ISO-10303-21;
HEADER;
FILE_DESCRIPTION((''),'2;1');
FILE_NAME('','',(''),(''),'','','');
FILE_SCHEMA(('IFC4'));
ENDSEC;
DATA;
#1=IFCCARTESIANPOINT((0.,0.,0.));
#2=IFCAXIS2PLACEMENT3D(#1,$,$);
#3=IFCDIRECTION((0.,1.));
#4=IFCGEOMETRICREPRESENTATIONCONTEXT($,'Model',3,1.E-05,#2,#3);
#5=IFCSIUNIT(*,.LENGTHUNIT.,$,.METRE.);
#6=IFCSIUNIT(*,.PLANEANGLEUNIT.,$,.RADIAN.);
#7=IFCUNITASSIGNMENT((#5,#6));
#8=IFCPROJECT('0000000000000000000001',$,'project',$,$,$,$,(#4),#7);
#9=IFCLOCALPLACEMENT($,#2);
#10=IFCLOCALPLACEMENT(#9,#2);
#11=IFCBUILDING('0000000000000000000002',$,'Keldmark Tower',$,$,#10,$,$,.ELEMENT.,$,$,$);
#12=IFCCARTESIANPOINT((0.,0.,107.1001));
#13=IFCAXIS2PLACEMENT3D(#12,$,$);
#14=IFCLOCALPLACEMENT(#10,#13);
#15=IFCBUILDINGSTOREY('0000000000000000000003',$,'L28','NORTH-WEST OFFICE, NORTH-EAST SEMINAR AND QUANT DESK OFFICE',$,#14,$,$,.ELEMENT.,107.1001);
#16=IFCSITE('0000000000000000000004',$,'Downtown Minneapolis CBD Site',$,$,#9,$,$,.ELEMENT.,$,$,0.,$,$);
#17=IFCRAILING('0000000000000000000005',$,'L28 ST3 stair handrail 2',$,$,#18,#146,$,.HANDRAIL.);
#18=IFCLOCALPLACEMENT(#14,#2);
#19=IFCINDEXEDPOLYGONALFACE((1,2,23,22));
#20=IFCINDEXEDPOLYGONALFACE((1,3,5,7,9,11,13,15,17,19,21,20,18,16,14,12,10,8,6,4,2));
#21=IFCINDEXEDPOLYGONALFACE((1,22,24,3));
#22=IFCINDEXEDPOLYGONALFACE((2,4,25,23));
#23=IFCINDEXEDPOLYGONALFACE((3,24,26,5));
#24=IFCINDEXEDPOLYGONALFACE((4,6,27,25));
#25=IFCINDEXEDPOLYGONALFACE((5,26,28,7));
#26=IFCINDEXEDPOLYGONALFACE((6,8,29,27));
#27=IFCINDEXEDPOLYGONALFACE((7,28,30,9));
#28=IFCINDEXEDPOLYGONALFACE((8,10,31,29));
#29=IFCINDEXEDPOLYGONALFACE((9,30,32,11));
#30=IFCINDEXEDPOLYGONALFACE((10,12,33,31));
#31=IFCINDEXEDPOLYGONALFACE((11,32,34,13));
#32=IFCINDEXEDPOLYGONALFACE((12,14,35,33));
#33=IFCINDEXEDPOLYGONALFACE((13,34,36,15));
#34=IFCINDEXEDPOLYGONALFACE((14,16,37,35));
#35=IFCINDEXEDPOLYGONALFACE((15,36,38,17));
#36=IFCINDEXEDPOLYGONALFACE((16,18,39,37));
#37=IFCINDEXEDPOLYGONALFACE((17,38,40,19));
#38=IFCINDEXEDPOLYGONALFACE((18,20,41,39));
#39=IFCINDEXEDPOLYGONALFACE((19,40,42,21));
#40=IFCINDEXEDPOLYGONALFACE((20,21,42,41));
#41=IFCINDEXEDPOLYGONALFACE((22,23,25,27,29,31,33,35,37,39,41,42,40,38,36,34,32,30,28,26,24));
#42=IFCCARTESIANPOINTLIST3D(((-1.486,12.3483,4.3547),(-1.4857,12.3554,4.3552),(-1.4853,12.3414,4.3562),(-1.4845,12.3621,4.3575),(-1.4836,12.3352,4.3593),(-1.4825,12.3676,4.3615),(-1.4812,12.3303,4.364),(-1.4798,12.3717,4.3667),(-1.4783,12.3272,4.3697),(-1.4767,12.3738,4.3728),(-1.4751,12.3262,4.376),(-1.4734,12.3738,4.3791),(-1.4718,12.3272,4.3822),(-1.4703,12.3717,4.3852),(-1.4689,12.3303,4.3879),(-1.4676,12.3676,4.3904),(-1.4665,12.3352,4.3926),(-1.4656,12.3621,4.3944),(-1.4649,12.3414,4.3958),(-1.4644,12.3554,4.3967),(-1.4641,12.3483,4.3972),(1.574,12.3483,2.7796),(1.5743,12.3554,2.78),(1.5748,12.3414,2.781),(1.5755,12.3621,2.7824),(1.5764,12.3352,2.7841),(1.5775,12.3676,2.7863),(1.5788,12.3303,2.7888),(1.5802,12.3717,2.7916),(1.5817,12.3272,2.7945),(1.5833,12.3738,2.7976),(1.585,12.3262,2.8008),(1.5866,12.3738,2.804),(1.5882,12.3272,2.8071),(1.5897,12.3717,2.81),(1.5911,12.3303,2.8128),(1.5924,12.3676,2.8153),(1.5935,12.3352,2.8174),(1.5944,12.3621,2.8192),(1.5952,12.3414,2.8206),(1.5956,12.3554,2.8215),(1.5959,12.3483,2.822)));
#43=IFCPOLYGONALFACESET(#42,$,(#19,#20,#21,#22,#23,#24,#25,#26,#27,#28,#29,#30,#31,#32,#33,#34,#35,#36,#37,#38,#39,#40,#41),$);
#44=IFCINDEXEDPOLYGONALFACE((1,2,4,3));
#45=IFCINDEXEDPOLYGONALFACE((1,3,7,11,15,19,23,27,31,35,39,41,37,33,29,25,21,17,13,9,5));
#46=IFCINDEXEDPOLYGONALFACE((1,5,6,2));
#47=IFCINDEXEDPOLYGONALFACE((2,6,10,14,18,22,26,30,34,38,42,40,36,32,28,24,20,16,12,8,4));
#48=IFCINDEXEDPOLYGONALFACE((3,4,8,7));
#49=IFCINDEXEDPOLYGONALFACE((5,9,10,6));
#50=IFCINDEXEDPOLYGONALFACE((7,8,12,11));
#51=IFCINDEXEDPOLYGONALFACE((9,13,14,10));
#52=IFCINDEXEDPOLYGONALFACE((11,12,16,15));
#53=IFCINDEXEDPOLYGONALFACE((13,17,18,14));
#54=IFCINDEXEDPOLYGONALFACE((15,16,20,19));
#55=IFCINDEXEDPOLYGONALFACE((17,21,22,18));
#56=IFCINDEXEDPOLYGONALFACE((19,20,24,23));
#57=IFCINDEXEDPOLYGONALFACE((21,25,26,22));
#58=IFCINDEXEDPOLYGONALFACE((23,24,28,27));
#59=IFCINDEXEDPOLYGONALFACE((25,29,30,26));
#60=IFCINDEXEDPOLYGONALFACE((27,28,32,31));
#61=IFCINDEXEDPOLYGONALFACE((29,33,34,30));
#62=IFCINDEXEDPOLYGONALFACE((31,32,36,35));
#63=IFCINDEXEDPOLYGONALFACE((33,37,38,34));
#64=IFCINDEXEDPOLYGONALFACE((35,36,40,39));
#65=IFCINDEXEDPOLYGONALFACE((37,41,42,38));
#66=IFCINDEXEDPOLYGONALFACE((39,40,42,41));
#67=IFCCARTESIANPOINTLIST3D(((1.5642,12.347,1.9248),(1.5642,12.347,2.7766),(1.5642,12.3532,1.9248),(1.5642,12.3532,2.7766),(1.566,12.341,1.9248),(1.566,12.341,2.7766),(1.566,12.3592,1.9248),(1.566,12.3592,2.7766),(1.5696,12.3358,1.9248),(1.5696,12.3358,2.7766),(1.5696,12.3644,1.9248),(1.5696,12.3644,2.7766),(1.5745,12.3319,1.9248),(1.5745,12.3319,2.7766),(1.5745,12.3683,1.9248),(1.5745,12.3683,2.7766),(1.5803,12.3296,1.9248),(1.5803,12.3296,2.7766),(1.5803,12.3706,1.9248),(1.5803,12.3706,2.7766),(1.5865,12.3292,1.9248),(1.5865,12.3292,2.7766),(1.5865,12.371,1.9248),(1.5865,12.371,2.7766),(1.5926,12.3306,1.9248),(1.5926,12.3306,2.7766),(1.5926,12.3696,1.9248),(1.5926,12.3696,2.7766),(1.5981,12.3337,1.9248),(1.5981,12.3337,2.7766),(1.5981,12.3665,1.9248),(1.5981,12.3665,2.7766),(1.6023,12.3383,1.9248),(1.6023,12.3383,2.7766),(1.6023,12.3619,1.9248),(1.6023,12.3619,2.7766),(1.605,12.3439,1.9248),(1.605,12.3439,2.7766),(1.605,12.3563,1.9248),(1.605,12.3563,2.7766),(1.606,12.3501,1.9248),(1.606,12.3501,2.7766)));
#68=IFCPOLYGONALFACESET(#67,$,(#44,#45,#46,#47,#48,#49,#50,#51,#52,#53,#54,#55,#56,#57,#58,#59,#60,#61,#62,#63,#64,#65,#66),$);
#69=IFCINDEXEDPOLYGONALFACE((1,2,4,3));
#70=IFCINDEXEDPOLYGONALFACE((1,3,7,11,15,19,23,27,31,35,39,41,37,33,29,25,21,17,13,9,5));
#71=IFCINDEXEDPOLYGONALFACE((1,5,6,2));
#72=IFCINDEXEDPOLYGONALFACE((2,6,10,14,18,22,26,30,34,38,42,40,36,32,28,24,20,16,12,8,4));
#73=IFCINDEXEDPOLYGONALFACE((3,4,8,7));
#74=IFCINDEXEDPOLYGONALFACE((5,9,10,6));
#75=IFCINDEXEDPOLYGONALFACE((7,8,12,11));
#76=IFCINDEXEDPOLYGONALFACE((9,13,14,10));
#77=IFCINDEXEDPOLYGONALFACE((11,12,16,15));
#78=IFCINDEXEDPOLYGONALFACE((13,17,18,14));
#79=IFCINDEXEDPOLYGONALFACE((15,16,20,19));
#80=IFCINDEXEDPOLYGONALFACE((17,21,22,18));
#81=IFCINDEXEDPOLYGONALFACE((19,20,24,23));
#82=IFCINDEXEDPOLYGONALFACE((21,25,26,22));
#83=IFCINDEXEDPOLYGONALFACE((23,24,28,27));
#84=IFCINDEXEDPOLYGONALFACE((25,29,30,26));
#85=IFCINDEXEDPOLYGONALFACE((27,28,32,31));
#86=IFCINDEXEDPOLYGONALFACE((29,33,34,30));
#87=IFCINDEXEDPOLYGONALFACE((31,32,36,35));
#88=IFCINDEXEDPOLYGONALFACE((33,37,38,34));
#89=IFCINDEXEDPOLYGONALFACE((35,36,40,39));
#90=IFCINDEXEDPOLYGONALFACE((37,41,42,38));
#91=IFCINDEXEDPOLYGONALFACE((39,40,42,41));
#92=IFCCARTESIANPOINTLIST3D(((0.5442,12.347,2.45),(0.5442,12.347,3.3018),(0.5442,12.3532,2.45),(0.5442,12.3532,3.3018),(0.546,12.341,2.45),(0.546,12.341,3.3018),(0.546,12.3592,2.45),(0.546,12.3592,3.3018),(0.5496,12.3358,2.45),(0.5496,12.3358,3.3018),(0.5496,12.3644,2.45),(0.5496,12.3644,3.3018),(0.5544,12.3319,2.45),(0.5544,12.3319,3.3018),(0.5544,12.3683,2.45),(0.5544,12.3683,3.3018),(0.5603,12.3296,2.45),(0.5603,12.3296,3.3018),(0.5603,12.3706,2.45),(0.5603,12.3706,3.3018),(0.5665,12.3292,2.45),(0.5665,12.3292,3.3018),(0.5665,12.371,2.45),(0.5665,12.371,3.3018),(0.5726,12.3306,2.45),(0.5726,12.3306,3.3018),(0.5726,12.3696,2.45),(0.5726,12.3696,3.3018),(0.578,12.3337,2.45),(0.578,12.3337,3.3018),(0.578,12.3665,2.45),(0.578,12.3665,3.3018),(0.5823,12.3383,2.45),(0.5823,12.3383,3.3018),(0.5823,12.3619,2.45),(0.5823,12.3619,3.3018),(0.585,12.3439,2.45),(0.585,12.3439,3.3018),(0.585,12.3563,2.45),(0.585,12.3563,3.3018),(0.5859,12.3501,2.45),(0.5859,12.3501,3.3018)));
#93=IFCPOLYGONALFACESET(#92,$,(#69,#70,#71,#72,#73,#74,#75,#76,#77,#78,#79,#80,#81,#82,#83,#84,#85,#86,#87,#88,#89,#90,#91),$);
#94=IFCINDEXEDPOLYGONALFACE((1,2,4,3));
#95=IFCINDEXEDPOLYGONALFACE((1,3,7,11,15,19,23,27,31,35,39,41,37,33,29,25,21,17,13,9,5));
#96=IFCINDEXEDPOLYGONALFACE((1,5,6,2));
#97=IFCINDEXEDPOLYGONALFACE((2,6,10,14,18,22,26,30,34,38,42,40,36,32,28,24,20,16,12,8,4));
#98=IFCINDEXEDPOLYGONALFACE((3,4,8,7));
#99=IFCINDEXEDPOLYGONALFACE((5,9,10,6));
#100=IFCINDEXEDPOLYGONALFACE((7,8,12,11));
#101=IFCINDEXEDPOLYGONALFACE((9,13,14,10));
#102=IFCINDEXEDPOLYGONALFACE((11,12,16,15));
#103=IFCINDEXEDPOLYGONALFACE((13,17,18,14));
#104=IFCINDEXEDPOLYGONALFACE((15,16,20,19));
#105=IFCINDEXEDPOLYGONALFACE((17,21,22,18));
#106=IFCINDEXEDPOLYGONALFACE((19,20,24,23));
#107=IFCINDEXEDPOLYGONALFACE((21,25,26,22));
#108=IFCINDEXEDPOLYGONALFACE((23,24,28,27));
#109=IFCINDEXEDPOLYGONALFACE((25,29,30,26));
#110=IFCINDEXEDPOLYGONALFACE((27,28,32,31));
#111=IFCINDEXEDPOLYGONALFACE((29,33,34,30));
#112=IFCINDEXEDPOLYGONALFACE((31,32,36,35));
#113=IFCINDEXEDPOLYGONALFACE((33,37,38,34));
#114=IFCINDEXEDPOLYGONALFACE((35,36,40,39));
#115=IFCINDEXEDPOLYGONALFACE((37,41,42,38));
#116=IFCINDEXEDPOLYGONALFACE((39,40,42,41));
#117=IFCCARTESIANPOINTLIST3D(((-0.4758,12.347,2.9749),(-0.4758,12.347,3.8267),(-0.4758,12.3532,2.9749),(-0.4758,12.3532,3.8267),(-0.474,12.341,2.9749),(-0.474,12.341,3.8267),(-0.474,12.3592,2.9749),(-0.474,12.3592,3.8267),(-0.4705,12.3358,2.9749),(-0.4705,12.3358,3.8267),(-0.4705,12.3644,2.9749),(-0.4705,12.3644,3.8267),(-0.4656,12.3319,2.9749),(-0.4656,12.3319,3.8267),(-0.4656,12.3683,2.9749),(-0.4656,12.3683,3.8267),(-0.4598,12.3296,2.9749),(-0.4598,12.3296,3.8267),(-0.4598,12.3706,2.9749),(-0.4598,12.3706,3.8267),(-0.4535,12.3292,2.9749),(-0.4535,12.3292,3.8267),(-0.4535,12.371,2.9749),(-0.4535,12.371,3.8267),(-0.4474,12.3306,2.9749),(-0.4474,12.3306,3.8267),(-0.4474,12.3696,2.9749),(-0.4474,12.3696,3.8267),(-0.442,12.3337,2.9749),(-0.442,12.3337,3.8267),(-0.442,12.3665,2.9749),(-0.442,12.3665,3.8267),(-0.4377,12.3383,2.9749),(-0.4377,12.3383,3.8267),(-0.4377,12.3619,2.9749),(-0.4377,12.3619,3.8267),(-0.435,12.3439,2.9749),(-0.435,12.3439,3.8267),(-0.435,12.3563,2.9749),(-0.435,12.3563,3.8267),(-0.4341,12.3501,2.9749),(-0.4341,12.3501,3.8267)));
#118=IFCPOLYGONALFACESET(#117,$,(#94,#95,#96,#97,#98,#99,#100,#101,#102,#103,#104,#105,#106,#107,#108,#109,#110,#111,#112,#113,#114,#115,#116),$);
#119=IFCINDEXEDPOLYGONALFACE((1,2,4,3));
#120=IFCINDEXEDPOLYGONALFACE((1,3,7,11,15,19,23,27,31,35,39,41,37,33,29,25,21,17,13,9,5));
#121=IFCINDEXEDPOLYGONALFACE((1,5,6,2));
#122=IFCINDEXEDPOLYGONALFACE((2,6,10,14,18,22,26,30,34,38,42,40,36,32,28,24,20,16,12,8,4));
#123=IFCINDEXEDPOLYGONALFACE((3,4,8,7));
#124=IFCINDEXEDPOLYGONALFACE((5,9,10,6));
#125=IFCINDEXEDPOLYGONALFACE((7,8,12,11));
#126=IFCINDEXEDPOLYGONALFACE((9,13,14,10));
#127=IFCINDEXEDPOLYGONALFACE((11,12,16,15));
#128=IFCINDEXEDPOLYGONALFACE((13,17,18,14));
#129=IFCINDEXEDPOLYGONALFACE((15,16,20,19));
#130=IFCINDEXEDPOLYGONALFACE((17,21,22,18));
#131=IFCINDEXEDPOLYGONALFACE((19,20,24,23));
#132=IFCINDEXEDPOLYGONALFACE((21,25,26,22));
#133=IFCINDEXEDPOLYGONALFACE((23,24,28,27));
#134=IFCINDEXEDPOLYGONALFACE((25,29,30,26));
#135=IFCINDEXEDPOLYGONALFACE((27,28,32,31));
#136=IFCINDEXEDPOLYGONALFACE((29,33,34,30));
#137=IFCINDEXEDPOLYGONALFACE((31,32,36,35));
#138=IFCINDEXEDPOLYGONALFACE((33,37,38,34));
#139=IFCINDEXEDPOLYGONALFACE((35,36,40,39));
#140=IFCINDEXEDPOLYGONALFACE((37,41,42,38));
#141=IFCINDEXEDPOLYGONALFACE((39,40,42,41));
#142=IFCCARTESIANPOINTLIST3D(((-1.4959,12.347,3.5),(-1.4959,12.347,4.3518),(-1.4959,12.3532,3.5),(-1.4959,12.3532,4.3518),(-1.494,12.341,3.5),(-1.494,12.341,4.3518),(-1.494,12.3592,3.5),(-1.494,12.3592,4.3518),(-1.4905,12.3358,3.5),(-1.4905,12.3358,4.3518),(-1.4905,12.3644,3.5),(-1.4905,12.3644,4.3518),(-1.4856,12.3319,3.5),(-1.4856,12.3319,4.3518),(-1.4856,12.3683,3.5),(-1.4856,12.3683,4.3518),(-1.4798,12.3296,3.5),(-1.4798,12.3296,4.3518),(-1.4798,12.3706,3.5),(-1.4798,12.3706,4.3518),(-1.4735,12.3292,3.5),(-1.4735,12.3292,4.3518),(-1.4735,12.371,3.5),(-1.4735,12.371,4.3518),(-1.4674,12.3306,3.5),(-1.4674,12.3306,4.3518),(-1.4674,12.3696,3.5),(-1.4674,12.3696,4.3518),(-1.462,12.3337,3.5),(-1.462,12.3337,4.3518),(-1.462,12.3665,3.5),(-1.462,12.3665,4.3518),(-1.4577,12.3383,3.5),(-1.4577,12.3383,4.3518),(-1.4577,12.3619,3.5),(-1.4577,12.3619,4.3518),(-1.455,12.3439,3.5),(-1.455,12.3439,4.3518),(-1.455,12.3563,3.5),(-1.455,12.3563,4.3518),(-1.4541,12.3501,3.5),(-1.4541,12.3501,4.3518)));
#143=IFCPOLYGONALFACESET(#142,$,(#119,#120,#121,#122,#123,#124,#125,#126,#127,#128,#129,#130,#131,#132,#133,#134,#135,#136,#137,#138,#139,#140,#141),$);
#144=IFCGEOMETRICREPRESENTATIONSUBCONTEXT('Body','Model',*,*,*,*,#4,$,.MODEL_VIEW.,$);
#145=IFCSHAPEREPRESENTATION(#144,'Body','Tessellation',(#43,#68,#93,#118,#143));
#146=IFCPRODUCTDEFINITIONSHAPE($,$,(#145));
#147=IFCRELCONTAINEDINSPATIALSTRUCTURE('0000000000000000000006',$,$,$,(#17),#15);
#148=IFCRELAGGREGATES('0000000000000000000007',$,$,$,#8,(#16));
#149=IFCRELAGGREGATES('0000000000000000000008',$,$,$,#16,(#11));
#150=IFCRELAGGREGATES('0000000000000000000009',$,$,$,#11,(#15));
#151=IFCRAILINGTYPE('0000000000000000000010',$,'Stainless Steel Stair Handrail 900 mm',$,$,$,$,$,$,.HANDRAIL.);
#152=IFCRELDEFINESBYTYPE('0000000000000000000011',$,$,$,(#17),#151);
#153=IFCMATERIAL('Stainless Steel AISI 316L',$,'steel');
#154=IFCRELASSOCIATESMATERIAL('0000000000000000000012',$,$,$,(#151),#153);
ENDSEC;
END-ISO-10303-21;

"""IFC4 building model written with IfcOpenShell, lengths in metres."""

from ifc_helpers import new_model, si_unit, direction, frame, origin, origin_2d, place, context, subcontext, project, spatial, circle, extrude, material, type_object, element, save


model = new_model("IFC4")

# Units and contexts
model_context = context("Model", 3, precision=1e-05, world=origin(), true_north=direction((0.0, 1.0)))
body_context = subcontext(model_context, "Body", "Model", "MODEL_VIEW")
ifc_project = project(units=[si_unit("LENGTHUNIT", "METRE"), si_unit("PLANEANGLEUNIT", "RADIAN")], contexts=[model_context])

# Site, building, storey
site_placement = place(None, origin())
site = spatial("IfcSite", under=ifc_project, at=site_placement, Name="Downtown Minneapolis CBD Site", CompositionType="ELEMENT", RefElevation=0.0)
building_placement = place(site_placement, origin())
building = spatial("IfcBuilding", under=site, at=building_placement, Name="Keldmark Tower", CompositionType="ELEMENT")
storey_placement = place(building_placement, frame((0.0, 0.0, 107.1001)))
storey = spatial("IfcBuildingStorey", under=building, at=storey_placement, Name="L28", Description="NORTH-WEST OFFICE, NORTH-EAST SEMINAR AND QUANT DESK OFFICE", CompositionType="ELEMENT", Elevation=107.1001)

# Railing
ifc_material_1 = material(Name="Stainless Steel AISI 316L", Category="steel")
railing_type_1 = type_object("IfcRailingType", Name="Stainless Steel Stair Handrail 900 mm", PredefinedType="HANDRAIL", material=ifc_material_1)
railing_1_placement = place(storey_placement, frame((1.585, 12.3501, 1.9248)))
element("IfcRailing", 1, at=railing_1_placement, inside=storey, type_object=railing_type_1, Name="L28 ST3 stair handrail 2", PredefinedType="HANDRAIL", context=body_context, shape_type="SweptSolid", body=[
    extrude(circle(Radius=0.0239, at=origin_2d()), frame((0.0, 0.0, 0.876), z_axis=(-0.889116, 0.0, 0.457681), x_axis=(0.0, -1.0, 0.0)), (0.0, 0.0, 1.0), 3.4417),
    extrude(circle(Radius=0.021, at=origin_2d()), origin(), (0.0, 0.0, 1.0), 0.8518),
    extrude(circle(Radius=0.021, at=origin_2d()), frame((-1.02, 0.0, 0.5251)), (0.0, 0.0, 1.0), 0.8518),
    extrude(circle(Radius=0.021, at=origin_2d()), frame((-2.04, 0.0, 1.05)), (0.0, 0.0, 1.0), 0.8518),
    extrude(circle(Radius=0.021, at=origin_2d()), frame((-3.0601, 0.0, 1.5752)), (0.0, 0.0, 1.0), 0.8518),
])

save(model, "model.ifc")
